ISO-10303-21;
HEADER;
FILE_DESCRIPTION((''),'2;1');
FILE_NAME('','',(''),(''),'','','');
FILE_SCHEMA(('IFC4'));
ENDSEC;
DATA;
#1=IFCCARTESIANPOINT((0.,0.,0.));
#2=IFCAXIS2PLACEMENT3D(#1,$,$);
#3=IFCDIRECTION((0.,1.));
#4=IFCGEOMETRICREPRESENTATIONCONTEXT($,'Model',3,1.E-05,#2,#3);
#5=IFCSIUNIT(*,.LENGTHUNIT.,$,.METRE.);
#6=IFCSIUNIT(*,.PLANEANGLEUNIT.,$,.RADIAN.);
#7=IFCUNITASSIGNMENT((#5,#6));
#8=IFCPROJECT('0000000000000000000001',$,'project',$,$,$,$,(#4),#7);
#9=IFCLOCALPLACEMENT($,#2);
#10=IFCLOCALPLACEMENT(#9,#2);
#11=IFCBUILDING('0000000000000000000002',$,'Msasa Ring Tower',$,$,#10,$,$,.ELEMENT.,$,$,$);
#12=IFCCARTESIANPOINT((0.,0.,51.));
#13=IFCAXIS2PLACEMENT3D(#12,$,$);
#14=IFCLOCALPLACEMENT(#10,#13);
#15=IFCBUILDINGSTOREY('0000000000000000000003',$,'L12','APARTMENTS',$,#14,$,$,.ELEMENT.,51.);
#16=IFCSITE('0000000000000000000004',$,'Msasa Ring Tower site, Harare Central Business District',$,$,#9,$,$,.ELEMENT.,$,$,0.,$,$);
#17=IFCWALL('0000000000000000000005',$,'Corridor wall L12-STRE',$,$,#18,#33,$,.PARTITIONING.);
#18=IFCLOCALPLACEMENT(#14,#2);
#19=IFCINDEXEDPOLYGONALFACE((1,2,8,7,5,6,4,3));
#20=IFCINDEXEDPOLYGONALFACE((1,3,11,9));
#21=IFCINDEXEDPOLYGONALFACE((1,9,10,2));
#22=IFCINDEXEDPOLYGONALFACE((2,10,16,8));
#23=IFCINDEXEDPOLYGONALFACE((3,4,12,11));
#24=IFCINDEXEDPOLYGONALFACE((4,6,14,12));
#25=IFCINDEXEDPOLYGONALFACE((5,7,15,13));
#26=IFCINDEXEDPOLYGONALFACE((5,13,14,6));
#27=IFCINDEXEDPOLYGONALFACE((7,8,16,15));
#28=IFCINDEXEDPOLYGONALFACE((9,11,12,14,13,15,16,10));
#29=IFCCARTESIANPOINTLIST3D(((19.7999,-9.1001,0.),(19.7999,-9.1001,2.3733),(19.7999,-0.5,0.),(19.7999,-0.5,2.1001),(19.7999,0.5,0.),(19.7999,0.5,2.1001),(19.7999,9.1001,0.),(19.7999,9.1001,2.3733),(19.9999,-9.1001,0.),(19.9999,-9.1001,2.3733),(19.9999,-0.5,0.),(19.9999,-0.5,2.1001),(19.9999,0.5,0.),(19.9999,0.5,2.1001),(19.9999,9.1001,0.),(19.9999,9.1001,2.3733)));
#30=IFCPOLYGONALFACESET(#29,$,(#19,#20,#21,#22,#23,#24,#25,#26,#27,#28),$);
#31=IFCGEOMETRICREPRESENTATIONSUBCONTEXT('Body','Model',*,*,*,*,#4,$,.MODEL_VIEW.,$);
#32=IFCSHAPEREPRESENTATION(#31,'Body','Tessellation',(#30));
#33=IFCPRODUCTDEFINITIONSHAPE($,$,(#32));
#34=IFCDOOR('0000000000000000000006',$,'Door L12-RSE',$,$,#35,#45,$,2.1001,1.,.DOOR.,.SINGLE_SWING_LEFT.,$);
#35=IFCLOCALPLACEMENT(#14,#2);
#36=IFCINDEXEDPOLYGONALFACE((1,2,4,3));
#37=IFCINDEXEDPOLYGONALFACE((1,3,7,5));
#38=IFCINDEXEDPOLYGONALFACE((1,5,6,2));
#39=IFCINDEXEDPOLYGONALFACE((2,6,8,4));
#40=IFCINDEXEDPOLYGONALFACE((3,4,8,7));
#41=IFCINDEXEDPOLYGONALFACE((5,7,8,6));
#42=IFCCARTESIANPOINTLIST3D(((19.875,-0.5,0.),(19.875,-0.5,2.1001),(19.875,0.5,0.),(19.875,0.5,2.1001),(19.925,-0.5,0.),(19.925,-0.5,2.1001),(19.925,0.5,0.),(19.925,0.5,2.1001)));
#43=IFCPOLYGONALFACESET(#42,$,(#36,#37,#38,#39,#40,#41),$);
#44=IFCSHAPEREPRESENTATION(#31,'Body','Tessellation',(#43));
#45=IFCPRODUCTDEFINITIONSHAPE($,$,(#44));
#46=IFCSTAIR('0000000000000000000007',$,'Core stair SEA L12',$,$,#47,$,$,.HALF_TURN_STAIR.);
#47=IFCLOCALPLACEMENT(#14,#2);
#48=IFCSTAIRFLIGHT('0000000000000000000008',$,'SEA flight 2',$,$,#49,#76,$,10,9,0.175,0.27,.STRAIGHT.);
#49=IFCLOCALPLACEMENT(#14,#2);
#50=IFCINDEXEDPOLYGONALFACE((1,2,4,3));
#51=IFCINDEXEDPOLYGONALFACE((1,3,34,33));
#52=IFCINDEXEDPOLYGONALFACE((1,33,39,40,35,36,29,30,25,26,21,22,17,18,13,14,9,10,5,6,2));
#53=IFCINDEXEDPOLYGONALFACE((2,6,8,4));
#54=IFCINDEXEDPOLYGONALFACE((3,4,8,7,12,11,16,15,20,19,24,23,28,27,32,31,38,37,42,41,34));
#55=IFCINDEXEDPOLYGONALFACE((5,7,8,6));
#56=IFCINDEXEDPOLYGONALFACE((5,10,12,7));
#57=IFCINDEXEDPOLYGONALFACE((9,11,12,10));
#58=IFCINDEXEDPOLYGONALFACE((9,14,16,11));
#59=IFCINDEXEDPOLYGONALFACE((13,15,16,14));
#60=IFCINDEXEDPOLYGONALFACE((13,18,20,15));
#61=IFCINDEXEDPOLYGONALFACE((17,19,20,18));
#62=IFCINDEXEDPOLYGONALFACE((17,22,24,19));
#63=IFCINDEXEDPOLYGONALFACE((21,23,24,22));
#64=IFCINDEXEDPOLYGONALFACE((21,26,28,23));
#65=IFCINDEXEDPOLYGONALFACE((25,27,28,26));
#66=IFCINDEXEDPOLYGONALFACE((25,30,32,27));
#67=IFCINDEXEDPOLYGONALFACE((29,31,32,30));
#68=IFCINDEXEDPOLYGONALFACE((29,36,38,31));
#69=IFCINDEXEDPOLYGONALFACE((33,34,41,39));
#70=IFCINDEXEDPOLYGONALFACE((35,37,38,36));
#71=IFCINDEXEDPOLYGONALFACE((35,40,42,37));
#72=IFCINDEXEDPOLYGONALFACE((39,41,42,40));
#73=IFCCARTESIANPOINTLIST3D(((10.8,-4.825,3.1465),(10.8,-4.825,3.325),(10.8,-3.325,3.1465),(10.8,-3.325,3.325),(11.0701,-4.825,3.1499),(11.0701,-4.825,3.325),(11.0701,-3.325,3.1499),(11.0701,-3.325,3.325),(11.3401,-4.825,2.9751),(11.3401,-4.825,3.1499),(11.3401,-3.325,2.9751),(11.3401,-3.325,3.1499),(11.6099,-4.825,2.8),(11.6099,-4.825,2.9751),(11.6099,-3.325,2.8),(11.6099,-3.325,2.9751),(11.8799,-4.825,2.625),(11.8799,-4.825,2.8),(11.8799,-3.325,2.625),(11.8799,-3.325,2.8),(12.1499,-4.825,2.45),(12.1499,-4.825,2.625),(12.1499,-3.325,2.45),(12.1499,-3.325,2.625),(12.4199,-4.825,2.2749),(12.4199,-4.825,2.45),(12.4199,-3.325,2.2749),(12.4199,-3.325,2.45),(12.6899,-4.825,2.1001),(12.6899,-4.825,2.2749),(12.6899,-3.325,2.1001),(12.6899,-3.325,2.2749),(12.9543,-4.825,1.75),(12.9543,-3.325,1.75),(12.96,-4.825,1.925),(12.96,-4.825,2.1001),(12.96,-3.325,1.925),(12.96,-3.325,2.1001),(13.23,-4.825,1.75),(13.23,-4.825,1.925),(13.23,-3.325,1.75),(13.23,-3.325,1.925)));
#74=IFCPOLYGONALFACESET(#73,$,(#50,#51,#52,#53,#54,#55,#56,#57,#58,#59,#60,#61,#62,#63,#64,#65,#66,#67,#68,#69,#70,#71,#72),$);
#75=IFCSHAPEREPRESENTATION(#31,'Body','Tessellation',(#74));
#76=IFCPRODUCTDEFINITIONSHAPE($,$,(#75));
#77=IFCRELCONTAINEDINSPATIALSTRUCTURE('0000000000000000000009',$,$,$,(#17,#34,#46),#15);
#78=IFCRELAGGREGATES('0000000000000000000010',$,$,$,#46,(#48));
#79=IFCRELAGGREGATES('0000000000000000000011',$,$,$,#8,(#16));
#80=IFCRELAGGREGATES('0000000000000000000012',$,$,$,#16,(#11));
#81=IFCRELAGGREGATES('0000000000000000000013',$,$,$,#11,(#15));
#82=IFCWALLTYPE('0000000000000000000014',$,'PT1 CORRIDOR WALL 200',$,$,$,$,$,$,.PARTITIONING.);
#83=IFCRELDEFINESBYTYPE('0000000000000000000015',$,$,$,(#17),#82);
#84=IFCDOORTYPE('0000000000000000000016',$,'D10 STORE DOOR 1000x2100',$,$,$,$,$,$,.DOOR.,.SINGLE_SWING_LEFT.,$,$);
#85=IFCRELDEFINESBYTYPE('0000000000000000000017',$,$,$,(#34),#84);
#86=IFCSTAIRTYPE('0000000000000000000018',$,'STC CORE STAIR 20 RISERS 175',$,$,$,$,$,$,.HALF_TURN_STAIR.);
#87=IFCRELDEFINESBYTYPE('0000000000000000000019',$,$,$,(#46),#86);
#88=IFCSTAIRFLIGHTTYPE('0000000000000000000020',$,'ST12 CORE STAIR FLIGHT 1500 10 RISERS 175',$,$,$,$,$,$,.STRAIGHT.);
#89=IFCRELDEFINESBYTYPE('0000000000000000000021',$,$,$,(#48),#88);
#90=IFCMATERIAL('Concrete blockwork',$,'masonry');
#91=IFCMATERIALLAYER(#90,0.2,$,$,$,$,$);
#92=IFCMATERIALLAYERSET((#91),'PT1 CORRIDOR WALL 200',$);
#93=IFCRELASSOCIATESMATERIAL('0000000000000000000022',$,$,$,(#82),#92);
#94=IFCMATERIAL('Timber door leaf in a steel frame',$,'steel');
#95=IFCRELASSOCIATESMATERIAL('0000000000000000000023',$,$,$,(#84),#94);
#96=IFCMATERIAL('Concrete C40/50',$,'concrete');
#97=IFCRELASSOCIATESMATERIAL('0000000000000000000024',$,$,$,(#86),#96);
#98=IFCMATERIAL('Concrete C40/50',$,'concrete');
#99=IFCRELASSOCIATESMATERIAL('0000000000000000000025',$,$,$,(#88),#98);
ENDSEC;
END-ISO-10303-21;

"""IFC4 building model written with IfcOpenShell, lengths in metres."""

from ifc_helpers import new_model, si_unit, direction, frame, frame_2d, origin, place, context, subcontext, project, spatial, polyline, rectangle, outline, extrude, material, layer, layer_set, type_object, element, fill, aggregate, save


model = new_model("IFC4")

# Units and contexts
model_context = context("Model", 3, precision=1e-05, world=origin(), true_north=direction((0.0, 1.0)))
body_context = subcontext(model_context, "Body", "Model", "MODEL_VIEW")
ifc_project = project(units=[si_unit("LENGTHUNIT", "METRE"), si_unit("PLANEANGLEUNIT", "RADIAN")], contexts=[model_context])

# Site, building, storey
site_placement = place(None, origin())
site = spatial("IfcSite", under=ifc_project, at=site_placement, Name="Msasa Ring Tower site, Harare Central Business District", CompositionType="ELEMENT", RefElevation=0.0)
building_placement = place(site_placement, origin())
building = spatial("IfcBuilding", under=site, at=building_placement, Name="Msasa Ring Tower", CompositionType="ELEMENT")
storey_placement = place(building_placement, frame((0.0, 0.0, 51.0)))
storey = spatial("IfcBuildingStorey", under=building, at=storey_placement, Name="L12", Description="APARTMENTS", CompositionType="ELEMENT", Elevation=51.0)

# Wall, opening, door
ifc_material_1 = material(Name="Concrete blockwork", Category="masonry")
ifc_layer_1 = layer(ifc_material_1, 0.2)
ifc_layer_set_1 = layer_set([ifc_layer_1], Name="PT1 CORRIDOR WALL 200")
wall_type_1 = type_object("IfcWallType", Name="PT1 CORRIDOR WALL 200", PredefinedType="PARTITIONING", material=ifc_layer_set_1)
wall_1_placement = place(storey_placement, frame((19.8999, -9.1001, 0.0), z_axis=(0.0, 0.0, 1.0), x_axis=(0.0, 1.0, 0.0)))
wall_1 = element("IfcWall", 1, at=wall_1_placement, inside=storey, type_object=wall_type_1, Name="Corridor wall L12-STRE", PredefinedType="PARTITIONING", context=body_context, shape_type="SweptSolid", body=[
    extrude(rectangle(XDim=18.2002, YDim=0.2, at=frame_2d((9.1001, 0.0))), origin(), (0.0, 0.0, 1.0), 2.3733),
])
opening_1_placement = place(wall_1_placement, frame((8.6001, 0.0, 0.0)))
opening_1 = element("IfcOpeningElement", 2, at=opening_1_placement, cuts=wall_1, PredefinedType="OPENING", context=body_context, shape_type="SweptSolid", body=[
    extrude(rectangle(XDim=1.0, YDim=2.1001, at=frame_2d((0.5, 1.05))), frame((0.0, 0.1099, 0.0), z_axis=(0.0, -1.0, 0.0), x_axis=(1.0, 0.0, 0.0)), (0.0, 0.0, 1.0), 0.22),
])
ifc_material_2 = material(Name="Timber door leaf in a steel frame", Category="steel")
door_type = type_object("IfcDoorType", Name="D10 STORE DOOR 1000x2100", OperationType="SINGLE_SWING_LEFT", PredefinedType="DOOR", material=ifc_material_2)
door_placement = place(opening_1_placement, origin())
door = element("IfcDoor", 3, at=door_placement, inside=storey, type_object=door_type, Name="Door L12-RSE", OperationType="SINGLE_SWING_LEFT", OverallHeight=2.1001, OverallWidth=1.0, PredefinedType="DOOR", context=body_context, shape_type="SweptSolid", body=[
    extrude(rectangle(XDim=1.0, YDim=2.1001, at=frame_2d((0.5, 1.05))), frame((0.0, 0.0249, 0.0), z_axis=(0.0, -1.0, 0.0), x_axis=(1.0, 0.0, 0.0)), (0.0, 0.0, 1.0), 0.05),
])
fill(opening_1, door)

# Stair, stair flight
ifc_material_3 = material(Name="Concrete C40/50", Category="concrete")
stair_type = type_object("IfcStairType", Name="STC CORE STAIR 20 RISERS 175", PredefinedType="HALF_TURN_STAIR", material=ifc_material_3)
stair_placement = place(storey_placement, origin())
stair = element("IfcStair", 4, at=stair_placement, inside=storey, type_object=stair_type, Name="Core stair SEA L12", PredefinedType="HALF_TURN_STAIR")
ifc_material_4 = material(Name="Concrete C40/50", Category="concrete")
stair_flight_type = type_object("IfcStairFlightType", Name="ST12 CORE STAIR FLIGHT 1500 10 RISERS 175", PredefinedType="STRAIGHT", material=ifc_material_4)
stair_flight_placement = place(storey_placement, frame((13.23, -4.075, 1.75), z_axis=(0.0, 0.0, 1.0), x_axis=(-1.0, 0.0, 0.0)))
stair_flight = element("IfcStairFlight", 5, at=stair_flight_placement, type_object=stair_flight_type, Name="SEA flight 2", NumberOfRisers=10, NumberOfTreads=9, PredefinedType="STRAIGHT", RiserHeight=0.175, TreadLength=0.27, context=body_context, shape_type="SweptSolid", body=[
    extrude(outline(polyline([(0.0, 0.0), (0.0, 0.175), (0.27, 0.175), (0.27, 0.3501), (0.54, 0.3501), (0.54, 0.5249), (0.8101, 0.5249), (0.8101, 0.7), (1.0801, 0.7), (1.0801, 0.875), (1.3501, 0.875), (1.3501, 1.05), (1.6201, 1.05), (1.6201, 1.2251), (1.8899, 1.2251), (1.8899, 1.3999), (2.1599, 1.3999), (2.1599, 1.575), (2.4299, 1.575), (2.4299, 1.75), (2.4299, 1.3965), (0.2756, 0.0), (0.0, 0.0)])), frame((0.0, 0.75, 0.0), z_axis=(0.0, -1.0, 0.0), x_axis=(1.0, 0.0, 0.0)), (0.0, 0.0, 1.0), 1.5),
])
aggregate(stair, [stair_flight])

save(model, "model.ifc")
